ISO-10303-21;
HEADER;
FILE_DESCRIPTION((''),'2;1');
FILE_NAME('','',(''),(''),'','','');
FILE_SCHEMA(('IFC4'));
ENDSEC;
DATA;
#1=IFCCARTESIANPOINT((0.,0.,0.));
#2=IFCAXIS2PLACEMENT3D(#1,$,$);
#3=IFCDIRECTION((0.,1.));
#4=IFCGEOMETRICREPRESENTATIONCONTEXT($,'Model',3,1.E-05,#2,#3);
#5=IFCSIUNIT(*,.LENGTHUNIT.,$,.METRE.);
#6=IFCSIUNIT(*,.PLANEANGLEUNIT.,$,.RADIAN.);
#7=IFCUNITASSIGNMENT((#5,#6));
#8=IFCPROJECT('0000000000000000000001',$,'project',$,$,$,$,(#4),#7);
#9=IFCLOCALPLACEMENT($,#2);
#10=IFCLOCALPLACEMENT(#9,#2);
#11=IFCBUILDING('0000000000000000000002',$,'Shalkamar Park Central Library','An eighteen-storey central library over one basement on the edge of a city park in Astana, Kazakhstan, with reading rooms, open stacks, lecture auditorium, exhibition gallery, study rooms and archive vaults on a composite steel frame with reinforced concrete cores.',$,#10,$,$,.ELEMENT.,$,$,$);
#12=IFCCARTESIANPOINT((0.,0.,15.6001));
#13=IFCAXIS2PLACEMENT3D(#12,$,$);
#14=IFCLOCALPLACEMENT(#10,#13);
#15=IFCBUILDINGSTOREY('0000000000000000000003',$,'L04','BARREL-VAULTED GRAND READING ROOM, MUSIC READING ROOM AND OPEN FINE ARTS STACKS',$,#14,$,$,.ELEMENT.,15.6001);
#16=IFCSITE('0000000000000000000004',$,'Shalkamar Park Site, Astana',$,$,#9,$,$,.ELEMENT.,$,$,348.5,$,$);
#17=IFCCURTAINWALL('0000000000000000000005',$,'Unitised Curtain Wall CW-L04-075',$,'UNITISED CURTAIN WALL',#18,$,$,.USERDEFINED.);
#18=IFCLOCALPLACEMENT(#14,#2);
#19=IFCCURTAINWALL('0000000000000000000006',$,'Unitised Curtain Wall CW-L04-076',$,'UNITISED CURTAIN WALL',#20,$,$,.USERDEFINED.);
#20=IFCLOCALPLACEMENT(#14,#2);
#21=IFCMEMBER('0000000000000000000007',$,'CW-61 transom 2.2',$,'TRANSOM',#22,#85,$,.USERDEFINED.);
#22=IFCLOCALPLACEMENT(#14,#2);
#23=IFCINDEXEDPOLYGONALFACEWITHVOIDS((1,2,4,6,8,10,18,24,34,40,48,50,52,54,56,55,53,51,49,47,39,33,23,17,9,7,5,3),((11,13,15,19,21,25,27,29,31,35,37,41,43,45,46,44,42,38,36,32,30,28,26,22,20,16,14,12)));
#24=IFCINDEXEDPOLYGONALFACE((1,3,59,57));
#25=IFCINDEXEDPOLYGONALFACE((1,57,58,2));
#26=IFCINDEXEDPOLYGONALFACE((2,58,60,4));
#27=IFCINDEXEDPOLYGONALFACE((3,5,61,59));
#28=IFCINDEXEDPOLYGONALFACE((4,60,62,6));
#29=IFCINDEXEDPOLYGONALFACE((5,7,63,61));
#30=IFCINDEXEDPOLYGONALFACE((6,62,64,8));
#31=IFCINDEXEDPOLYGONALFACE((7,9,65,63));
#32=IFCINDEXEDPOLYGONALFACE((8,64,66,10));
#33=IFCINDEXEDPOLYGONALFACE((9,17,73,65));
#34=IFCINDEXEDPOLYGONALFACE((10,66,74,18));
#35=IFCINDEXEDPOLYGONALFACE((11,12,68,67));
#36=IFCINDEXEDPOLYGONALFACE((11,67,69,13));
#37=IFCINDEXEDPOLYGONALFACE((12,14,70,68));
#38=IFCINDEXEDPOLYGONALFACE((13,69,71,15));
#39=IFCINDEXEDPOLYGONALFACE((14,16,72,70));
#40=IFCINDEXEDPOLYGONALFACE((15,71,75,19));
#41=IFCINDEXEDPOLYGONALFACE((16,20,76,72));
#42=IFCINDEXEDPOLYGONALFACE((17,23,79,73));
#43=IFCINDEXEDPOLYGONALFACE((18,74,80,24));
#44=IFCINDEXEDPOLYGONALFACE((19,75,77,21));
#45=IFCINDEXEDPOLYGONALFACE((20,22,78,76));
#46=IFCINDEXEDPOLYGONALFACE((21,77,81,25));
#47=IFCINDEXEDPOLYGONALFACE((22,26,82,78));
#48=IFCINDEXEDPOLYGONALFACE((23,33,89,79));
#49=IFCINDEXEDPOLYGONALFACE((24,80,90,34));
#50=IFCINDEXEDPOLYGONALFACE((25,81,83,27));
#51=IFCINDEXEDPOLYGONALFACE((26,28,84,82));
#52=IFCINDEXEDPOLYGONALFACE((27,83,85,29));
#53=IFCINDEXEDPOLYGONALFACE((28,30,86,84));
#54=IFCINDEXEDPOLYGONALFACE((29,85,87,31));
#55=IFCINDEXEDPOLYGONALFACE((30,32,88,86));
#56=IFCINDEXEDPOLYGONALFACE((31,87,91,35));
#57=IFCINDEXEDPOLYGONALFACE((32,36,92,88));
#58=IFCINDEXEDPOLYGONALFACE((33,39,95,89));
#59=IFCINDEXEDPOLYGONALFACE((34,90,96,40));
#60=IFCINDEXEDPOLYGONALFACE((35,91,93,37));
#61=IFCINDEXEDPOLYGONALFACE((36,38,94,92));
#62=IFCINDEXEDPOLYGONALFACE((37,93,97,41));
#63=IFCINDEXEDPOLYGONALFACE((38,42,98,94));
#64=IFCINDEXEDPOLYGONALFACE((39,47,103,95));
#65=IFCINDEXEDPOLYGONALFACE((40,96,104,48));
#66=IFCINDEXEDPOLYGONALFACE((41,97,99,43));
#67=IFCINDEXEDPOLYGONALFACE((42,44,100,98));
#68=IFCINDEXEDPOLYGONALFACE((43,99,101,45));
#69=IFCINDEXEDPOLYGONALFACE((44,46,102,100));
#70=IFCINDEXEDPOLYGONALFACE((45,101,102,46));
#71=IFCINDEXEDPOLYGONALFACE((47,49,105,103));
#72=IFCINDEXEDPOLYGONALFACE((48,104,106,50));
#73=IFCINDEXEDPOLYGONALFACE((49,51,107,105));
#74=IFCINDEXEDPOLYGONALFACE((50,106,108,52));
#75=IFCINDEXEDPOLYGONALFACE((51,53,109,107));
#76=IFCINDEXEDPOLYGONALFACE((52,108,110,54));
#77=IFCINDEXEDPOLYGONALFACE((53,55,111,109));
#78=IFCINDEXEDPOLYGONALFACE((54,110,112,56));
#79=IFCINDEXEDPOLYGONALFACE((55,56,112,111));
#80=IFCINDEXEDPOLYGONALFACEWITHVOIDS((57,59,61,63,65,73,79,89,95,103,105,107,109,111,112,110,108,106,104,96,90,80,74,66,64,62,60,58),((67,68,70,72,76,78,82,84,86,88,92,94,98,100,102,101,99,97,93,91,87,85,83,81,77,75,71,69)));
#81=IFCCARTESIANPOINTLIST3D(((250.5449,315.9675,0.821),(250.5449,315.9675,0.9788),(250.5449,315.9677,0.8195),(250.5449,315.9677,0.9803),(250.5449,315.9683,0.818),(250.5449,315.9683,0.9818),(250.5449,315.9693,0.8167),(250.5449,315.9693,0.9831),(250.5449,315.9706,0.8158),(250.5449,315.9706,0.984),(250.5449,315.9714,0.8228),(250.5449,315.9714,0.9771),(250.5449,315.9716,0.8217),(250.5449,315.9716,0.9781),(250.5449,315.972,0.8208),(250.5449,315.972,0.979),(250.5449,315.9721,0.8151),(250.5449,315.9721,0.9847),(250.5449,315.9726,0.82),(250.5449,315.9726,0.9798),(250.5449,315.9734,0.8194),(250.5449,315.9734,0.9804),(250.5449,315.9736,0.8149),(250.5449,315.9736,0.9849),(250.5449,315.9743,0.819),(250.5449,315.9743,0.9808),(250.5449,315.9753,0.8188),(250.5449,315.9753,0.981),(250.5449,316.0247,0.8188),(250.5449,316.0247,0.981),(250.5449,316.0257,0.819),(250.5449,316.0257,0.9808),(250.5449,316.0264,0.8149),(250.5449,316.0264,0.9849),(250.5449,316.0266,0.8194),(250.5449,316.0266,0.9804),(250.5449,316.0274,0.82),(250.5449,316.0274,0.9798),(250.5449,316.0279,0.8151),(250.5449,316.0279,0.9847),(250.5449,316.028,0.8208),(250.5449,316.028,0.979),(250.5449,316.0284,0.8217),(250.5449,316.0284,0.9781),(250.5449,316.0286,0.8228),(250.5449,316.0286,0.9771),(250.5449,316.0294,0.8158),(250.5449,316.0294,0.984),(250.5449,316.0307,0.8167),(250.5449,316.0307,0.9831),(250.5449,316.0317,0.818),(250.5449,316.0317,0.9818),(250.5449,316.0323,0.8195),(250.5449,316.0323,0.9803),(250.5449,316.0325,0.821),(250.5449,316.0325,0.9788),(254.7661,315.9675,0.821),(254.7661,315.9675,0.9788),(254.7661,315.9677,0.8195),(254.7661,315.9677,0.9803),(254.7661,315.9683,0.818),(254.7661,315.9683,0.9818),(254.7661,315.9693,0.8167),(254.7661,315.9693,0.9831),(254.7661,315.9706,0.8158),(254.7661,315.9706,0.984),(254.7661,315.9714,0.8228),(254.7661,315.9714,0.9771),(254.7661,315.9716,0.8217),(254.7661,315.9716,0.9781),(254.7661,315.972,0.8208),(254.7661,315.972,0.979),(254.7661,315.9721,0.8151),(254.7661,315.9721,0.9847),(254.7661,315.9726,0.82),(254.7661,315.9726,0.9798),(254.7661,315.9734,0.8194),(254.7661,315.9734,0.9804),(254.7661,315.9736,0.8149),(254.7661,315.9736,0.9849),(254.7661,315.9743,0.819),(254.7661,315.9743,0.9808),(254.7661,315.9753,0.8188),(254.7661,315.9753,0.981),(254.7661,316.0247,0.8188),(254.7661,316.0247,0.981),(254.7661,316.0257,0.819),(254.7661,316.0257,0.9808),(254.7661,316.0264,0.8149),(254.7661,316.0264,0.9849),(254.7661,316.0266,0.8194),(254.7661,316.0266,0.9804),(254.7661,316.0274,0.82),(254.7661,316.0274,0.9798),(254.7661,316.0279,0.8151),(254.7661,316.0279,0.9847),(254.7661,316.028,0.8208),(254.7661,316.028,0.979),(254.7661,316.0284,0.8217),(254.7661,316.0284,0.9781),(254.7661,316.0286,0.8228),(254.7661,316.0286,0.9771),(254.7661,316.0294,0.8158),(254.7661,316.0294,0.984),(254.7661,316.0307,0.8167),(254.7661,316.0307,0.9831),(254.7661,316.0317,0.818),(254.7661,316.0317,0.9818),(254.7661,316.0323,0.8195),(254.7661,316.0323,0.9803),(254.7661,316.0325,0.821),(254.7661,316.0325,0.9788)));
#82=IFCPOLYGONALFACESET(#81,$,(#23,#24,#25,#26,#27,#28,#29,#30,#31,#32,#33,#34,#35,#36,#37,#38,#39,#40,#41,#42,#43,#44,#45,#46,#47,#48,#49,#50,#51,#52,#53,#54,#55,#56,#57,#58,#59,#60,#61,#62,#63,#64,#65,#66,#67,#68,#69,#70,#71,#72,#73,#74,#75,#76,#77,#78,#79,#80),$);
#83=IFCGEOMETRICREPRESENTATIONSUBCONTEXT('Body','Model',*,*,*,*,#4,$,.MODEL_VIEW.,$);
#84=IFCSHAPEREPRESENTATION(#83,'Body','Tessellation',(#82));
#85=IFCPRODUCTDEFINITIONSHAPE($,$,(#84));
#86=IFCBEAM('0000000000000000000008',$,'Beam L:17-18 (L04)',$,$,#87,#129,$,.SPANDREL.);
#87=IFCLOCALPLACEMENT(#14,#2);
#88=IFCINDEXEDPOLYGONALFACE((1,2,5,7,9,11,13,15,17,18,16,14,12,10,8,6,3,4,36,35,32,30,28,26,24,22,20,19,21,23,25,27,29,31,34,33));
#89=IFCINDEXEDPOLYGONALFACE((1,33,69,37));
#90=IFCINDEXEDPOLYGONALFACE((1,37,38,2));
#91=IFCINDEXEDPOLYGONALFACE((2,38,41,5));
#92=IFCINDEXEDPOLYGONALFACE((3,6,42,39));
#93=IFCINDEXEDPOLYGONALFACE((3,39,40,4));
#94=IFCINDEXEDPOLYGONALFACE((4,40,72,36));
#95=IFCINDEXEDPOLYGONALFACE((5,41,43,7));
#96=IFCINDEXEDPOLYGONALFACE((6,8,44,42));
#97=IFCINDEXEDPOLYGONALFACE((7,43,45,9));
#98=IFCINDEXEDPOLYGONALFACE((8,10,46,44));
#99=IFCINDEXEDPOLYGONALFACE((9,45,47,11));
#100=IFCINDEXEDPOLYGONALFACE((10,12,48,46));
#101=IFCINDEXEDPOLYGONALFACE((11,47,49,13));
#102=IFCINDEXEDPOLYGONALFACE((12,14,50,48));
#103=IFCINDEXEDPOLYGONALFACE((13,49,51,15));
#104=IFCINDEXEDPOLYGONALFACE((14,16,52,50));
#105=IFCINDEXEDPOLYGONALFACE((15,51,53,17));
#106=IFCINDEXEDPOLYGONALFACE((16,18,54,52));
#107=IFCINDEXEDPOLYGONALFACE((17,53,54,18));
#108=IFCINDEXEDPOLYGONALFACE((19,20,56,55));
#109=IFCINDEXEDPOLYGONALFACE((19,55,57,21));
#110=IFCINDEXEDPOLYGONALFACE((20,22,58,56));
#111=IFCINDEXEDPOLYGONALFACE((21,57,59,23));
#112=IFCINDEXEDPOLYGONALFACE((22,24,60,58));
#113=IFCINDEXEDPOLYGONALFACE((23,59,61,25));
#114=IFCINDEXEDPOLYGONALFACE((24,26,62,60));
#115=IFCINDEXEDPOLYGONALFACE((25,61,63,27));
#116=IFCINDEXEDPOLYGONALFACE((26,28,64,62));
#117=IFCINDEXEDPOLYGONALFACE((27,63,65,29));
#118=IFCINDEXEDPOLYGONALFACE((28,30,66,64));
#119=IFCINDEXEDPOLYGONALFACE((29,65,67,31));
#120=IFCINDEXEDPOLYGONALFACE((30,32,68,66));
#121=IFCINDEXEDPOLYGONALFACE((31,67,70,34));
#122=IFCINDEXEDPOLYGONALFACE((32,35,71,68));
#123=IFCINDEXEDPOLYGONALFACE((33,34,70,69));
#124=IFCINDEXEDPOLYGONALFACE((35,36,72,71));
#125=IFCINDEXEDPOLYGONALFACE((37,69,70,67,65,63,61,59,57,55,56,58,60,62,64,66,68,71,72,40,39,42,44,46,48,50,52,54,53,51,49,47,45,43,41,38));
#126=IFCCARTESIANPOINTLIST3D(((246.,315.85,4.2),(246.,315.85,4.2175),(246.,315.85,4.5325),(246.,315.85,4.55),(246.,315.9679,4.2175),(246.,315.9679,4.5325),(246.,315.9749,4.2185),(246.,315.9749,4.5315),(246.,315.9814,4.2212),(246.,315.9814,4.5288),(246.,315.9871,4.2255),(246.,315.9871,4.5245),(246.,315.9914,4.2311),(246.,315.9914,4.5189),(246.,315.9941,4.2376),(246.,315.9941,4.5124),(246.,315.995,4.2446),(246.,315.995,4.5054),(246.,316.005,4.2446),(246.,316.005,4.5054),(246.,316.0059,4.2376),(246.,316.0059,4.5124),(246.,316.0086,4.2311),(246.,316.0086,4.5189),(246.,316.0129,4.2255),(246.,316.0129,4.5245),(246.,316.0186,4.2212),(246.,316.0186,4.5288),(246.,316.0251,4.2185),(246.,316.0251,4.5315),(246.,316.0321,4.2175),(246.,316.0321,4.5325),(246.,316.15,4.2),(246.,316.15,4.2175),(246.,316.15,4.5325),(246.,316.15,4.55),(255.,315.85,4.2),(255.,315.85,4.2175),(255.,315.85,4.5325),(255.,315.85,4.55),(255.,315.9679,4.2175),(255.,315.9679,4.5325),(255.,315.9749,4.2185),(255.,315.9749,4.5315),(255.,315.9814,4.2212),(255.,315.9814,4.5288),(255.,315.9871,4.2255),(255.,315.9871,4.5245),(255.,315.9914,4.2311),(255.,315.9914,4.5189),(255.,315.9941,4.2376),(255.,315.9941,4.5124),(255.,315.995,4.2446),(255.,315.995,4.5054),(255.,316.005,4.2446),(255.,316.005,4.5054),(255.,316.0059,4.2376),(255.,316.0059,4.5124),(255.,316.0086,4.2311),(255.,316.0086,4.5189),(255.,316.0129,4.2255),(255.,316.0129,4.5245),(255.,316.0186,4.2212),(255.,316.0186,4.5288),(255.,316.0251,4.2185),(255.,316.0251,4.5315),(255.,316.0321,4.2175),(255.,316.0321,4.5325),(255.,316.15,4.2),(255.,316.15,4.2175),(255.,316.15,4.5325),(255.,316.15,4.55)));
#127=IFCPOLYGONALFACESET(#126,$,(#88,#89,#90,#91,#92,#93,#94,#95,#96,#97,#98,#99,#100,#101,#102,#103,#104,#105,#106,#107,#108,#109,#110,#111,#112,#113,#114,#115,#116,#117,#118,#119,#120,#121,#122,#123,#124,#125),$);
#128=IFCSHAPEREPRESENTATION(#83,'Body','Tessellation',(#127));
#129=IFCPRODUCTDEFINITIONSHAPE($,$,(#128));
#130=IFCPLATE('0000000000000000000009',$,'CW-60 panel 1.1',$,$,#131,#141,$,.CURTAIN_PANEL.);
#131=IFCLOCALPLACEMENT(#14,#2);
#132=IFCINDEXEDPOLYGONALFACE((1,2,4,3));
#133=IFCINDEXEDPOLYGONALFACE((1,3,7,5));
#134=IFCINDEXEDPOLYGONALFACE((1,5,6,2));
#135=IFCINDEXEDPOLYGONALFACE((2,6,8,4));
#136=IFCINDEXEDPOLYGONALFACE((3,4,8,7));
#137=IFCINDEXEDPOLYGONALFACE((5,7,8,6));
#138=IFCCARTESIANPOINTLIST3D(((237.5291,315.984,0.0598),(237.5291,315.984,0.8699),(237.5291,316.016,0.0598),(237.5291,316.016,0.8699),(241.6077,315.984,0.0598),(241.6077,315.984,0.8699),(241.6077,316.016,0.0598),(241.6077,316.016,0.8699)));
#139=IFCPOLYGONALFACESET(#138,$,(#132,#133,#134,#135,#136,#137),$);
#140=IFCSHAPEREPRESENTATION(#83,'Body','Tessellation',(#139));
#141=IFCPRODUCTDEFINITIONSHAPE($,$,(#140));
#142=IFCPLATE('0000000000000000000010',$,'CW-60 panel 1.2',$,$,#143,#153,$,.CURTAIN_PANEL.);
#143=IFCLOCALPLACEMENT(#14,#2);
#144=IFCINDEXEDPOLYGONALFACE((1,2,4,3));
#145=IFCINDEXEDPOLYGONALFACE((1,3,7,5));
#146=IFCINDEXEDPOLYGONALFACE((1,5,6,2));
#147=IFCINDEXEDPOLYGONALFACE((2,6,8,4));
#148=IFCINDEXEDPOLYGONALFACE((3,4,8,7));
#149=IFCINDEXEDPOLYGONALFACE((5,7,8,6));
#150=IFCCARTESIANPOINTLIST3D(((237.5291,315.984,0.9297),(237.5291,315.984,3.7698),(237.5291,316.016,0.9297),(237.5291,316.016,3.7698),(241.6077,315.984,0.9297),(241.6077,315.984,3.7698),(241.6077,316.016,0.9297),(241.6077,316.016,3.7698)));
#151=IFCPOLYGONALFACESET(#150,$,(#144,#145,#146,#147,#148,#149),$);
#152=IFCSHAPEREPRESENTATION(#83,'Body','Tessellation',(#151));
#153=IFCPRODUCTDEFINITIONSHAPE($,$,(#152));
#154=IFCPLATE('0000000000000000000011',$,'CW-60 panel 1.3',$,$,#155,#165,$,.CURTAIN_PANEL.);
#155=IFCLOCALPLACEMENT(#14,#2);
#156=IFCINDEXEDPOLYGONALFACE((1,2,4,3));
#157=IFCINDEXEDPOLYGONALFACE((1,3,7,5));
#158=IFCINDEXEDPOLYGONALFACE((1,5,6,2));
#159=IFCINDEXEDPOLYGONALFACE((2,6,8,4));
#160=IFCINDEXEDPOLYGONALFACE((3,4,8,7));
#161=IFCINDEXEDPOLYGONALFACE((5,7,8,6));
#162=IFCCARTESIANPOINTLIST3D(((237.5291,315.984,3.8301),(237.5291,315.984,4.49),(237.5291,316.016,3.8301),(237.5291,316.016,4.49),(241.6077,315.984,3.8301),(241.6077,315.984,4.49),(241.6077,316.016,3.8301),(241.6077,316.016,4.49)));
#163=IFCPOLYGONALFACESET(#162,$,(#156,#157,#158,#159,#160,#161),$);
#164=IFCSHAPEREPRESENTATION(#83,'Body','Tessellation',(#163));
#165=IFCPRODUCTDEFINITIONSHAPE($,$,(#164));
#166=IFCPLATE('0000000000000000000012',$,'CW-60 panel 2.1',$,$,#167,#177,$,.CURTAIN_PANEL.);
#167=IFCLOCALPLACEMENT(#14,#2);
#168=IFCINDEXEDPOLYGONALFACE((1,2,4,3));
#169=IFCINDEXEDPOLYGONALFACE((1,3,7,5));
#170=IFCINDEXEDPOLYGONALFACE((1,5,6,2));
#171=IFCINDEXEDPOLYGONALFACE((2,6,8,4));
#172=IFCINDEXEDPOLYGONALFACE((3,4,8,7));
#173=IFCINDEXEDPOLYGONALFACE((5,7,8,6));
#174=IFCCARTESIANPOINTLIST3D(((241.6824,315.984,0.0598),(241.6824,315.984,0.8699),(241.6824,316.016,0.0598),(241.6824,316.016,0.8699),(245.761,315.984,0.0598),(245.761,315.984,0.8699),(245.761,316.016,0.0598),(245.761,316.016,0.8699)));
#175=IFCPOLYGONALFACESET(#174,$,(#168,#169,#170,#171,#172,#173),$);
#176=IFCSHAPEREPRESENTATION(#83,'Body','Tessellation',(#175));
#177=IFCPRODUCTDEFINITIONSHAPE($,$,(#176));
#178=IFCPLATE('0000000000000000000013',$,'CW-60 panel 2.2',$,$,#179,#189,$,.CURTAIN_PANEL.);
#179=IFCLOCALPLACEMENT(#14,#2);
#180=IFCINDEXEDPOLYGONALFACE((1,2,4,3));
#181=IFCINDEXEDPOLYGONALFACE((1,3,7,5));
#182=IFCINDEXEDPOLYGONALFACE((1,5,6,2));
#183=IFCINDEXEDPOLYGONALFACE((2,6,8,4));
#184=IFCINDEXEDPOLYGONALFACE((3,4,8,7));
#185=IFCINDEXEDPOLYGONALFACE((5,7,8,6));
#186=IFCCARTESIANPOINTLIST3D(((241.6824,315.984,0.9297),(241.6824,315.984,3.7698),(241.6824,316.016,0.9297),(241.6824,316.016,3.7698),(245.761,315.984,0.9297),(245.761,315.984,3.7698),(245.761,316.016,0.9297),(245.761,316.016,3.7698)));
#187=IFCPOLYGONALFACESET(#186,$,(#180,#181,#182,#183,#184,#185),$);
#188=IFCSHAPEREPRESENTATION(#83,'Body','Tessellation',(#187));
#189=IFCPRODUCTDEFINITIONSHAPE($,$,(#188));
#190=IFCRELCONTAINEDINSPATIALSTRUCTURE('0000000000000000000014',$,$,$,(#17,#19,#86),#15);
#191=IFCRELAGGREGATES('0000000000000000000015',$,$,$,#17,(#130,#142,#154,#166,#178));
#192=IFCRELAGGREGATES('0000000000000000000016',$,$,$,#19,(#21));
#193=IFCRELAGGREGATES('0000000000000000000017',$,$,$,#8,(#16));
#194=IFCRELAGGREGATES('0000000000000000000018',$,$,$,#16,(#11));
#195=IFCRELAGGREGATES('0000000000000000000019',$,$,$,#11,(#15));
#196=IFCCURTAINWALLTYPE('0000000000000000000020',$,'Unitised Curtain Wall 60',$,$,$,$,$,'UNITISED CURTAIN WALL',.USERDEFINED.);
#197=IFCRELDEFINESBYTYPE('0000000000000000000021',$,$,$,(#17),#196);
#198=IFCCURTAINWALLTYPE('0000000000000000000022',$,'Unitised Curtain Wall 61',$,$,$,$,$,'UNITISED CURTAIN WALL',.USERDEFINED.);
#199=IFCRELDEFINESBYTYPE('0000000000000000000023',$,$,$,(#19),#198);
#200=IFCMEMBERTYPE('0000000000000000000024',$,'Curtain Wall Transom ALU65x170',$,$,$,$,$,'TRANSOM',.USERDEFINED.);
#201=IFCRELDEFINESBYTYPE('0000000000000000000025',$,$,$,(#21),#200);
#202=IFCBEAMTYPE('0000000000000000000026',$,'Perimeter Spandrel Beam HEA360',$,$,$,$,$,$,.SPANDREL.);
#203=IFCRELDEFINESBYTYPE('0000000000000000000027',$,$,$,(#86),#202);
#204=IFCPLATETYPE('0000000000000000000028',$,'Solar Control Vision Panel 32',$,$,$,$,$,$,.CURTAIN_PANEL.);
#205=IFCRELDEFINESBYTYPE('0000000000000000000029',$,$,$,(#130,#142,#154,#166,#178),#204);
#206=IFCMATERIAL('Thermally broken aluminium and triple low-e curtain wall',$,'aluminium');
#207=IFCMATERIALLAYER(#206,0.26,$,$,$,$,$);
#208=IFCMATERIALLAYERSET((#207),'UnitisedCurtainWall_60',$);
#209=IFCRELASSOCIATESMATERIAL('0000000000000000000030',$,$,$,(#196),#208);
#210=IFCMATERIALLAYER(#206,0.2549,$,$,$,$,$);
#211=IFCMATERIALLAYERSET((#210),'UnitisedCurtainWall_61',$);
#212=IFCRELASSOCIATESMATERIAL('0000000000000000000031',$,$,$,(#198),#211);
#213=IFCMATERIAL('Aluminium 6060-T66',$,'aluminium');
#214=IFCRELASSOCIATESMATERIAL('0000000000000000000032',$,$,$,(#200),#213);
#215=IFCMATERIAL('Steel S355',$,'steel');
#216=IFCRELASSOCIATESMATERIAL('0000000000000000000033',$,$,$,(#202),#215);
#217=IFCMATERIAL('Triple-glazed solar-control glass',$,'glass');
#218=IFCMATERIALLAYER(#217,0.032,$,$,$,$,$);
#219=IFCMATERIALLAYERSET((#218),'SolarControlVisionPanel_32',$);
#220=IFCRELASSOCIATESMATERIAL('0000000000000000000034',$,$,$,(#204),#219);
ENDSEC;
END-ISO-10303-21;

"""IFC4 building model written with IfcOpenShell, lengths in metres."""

from ifc_helpers import new_model, si_unit, direction, frame, origin, origin_2d, place, context, subcontext, project, spatial, rectangle, hollow_rectangle, i_section, extrude, material, layer, layer_set, material_profile, profile_set, type_object, element, aggregate, save


model = new_model("IFC4")

# Units and contexts
model_context = context("Model", 3, precision=1e-05, world=origin(), true_north=direction((0.0, 1.0)))
body_context = subcontext(model_context, "Body", "Model", "MODEL_VIEW")
ifc_project = project(units=[si_unit("LENGTHUNIT", "METRE"), si_unit("PLANEANGLEUNIT", "RADIAN")], contexts=[model_context])

# Site, building, storey
site_placement = place(None, origin())
site = spatial("IfcSite", under=ifc_project, at=site_placement, Name="Shalkamar Park Site, Astana", CompositionType="ELEMENT", RefElevation=348.5)
building_placement = place(site_placement, origin())
building = spatial("IfcBuilding", under=site, at=building_placement, Name="Shalkamar Park Central Library", Description="An eighteen-storey central library over one basement on the edge of a city park in Astana, Kazakhstan, with reading rooms, open stacks, lecture auditorium, exhibition gallery, study rooms and archive vaults on a composite steel frame with reinforced concrete cores.", CompositionType="ELEMENT")
storey_placement = place(building_placement, frame((0.0, 0.0, 15.6001)))
storey = spatial("IfcBuildingStorey", under=building, at=storey_placement, Name="L04", Description="BARREL-VAULTED GRAND READING ROOM, MUSIC READING ROOM AND OPEN FINE ARTS STACKS", CompositionType="ELEMENT", Elevation=15.6001)

# Shared definitions
ifc_material_1 = material(Name="Steel S355", Category="steel")

# Curtain walls
ifc_material_2 = material(Name="Thermally broken aluminium and triple low-e curtain wall", Category="aluminium")
ifc_layer_1 = layer(ifc_material_2, 0.26)
ifc_layer_set_1 = layer_set([ifc_layer_1], Name="UnitisedCurtainWall_60")
curtain_wall_type_1 = type_object("IfcCurtainWallType", Name="Unitised Curtain Wall 60", ElementType="UNITISED CURTAIN WALL", PredefinedType="USERDEFINED", material=ifc_layer_set_1)
curtain_wall_1_placement = place(storey_placement, origin())
curtain_wall_1 = element("IfcCurtainWall", 1, at=curtain_wall_1_placement, inside=storey, type_object=curtain_wall_type_1, Name="Unitised Curtain Wall CW-L04-075", ObjectType="UNITISED CURTAIN WALL", PredefinedType="USERDEFINED")
ifc_material_3 = material(Name="Aluminium 6060-T66", Category="aluminium")
ifc_layer_2 = layer(ifc_material_2, 0.2549)
ifc_layer_set_2 = layer_set([ifc_layer_2], Name="UnitisedCurtainWall_61")
curtain_wall_type_2 = type_object("IfcCurtainWallType", Name="Unitised Curtain Wall 61", ElementType="UNITISED CURTAIN WALL", PredefinedType="USERDEFINED", material=ifc_layer_set_2)
curtain_wall_2_placement = place(storey_placement, origin())
curtain_wall_2 = element("IfcCurtainWall", 2, at=curtain_wall_2_placement, inside=storey, type_object=curtain_wall_type_2, Name="Unitised Curtain Wall CW-L04-076", ObjectType="UNITISED CURTAIN WALL", PredefinedType="USERDEFINED")

# Member
ifc_material_profile_1 = material_profile(ifc_material_3, hollow_rectangle(XDim=0.0649, YDim=0.1699, WallThickness=0.0039, InnerFilletRadius=0.0039, OuterFilletRadius=0.0061, at=origin_2d()), Name="ALU 65x170x4")
ifc_profile_set_1 = profile_set([ifc_material_profile_1], Name="Aluminium 6060-T66")
member_type_1 = type_object("IfcMemberType", Name="Curtain Wall Transom ALU65x170", ElementType="TRANSOM", PredefinedType="USERDEFINED", material=ifc_profile_set_1)
member_1_placement = place(storey_placement, frame((250.5449, 316.0, 0.8999), z_axis=(1.0, 0.0, 0.0), x_axis=(0.0, 1.0, 0.0)))
member_1 = element("IfcMember", 3, at=member_1_placement, type_object=member_type_1, Name="CW-61 transom 2.2", ObjectType="TRANSOM", PredefinedType="USERDEFINED", context=body_context, shape_type="SweptSolid", body=[
    extrude(hollow_rectangle(XDim=0.0649, YDim=0.1699, WallThickness=0.0039, InnerFilletRadius=0.0039, OuterFilletRadius=0.0061, at=origin_2d()), origin(), (0.0, 0.0, 1.0), 4.2212),
])

# Beam
ifc_material_profile_2 = material_profile(ifc_material_1, i_section(OverallWidth=0.3, OverallDepth=0.3501, WebThickness=0.01, FlangeThickness=0.0176, FilletRadius=0.0271, at=origin_2d()), Name="HEA 360")
ifc_profile_set_2 = profile_set([ifc_material_profile_2], Name="Steel S355")
beam_type_1 = type_object("IfcBeamType", Name="Perimeter Spandrel Beam HEA360", PredefinedType="SPANDREL", material=ifc_profile_set_2)
beam_placement = place(storey_placement, frame((246.0, 316.0, 4.375), z_axis=(1.0, 0.0, 0.0), x_axis=(0.0, 1.0, 0.0)))
element("IfcBeam", 4, at=beam_placement, inside=storey, type_object=beam_type_1, Name="Beam L:17-18 (L04)", PredefinedType="SPANDREL", context=body_context, shape_type="SweptSolid", body=[
    extrude(i_section(OverallWidth=0.3, OverallDepth=0.3501, WebThickness=0.01, FlangeThickness=0.0176, FilletRadius=0.0271, at=origin_2d()), origin(), (0.0, 0.0, 1.0), 9.0),
])

# Plates
ifc_material_4 = material(Name="Triple-glazed solar-control glass", Category="glass")
ifc_layer_3 = layer(ifc_material_4, 0.032)
ifc_layer_set_3 = layer_set([ifc_layer_3], Name="SolarControlVisionPanel_32")
plate_type_1 = type_object("IfcPlateType", Name="Solar Control Vision Panel 32", PredefinedType="CURTAIN_PANEL", material=ifc_layer_set_3)
plate_1_placement = place(storey_placement, frame((239.5684, 316.0, 0.0598), z_axis=(0.0, 0.0, 1.0), x_axis=(1.0, 0.0, 0.0)))
plate_1 = element("IfcPlate", 5, at=plate_1_placement, type_object=plate_type_1, Name="CW-60 panel 1.1", PredefinedType="CURTAIN_PANEL", context=body_context, shape_type="SweptSolid", body=[
    extrude(rectangle(XDim=4.0786, YDim=0.032, at=origin_2d()), origin(), (0.0, 0.0, 1.0), 0.8101),
])
plate_2_placement = place(storey_placement, frame((239.5684, 316.0, 0.9297), z_axis=(0.0, 0.0, 1.0), x_axis=(1.0, 0.0, 0.0)))
plate_2 = element("IfcPlate", 6, at=plate_2_placement, type_object=plate_type_1, Name="CW-60 panel 1.2", PredefinedType="CURTAIN_PANEL", context=body_context, shape_type="SweptSolid", body=[
    extrude(rectangle(XDim=4.0786, YDim=0.032, at=origin_2d()), origin(), (0.0, 0.0, 1.0), 2.8401),
])
plate_3_placement = place(storey_placement, frame((239.5684, 316.0, 3.8301), z_axis=(0.0, 0.0, 1.0), x_axis=(1.0, 0.0, 0.0)))
plate_3 = element("IfcPlate", 7, at=plate_3_placement, type_object=plate_type_1, Name="CW-60 panel 1.3", PredefinedType="CURTAIN_PANEL", context=body_context, shape_type="SweptSolid", body=[
    extrude(rectangle(XDim=4.0786, YDim=0.032, at=origin_2d()), origin(), (0.0, 0.0, 1.0), 0.6599),
])
plate_4_placement = place(storey_placement, frame((243.7217, 316.0, 0.0598), z_axis=(0.0, 0.0, 1.0), x_axis=(1.0, 0.0, 0.0)))
plate_4 = element("IfcPlate", 8, at=plate_4_placement, type_object=plate_type_1, Name="CW-60 panel 2.1", PredefinedType="CURTAIN_PANEL", context=body_context, shape_type="SweptSolid", body=[
    extrude(rectangle(XDim=4.0786, YDim=0.032, at=origin_2d()), origin(), (0.0, 0.0, 1.0), 0.8101),
])
plate_5_placement = place(storey_placement, frame((243.7217, 316.0, 0.9297), z_axis=(0.0, 0.0, 1.0), x_axis=(1.0, 0.0, 0.0)))
plate_5 = element("IfcPlate", 9, at=plate_5_placement, type_object=plate_type_1, Name="CW-60 panel 2.2", PredefinedType="CURTAIN_PANEL", context=body_context, shape_type="SweptSolid", body=[
    extrude(rectangle(XDim=4.0786, YDim=0.032, at=origin_2d()), origin(), (0.0, 0.0, 1.0), 2.8401),
])
aggregate(curtain_wall_1, [plate_1, plate_2, plate_3, plate_4, plate_5])
aggregate(curtain_wall_2, [member_1])

save(model, "model.ifc")
